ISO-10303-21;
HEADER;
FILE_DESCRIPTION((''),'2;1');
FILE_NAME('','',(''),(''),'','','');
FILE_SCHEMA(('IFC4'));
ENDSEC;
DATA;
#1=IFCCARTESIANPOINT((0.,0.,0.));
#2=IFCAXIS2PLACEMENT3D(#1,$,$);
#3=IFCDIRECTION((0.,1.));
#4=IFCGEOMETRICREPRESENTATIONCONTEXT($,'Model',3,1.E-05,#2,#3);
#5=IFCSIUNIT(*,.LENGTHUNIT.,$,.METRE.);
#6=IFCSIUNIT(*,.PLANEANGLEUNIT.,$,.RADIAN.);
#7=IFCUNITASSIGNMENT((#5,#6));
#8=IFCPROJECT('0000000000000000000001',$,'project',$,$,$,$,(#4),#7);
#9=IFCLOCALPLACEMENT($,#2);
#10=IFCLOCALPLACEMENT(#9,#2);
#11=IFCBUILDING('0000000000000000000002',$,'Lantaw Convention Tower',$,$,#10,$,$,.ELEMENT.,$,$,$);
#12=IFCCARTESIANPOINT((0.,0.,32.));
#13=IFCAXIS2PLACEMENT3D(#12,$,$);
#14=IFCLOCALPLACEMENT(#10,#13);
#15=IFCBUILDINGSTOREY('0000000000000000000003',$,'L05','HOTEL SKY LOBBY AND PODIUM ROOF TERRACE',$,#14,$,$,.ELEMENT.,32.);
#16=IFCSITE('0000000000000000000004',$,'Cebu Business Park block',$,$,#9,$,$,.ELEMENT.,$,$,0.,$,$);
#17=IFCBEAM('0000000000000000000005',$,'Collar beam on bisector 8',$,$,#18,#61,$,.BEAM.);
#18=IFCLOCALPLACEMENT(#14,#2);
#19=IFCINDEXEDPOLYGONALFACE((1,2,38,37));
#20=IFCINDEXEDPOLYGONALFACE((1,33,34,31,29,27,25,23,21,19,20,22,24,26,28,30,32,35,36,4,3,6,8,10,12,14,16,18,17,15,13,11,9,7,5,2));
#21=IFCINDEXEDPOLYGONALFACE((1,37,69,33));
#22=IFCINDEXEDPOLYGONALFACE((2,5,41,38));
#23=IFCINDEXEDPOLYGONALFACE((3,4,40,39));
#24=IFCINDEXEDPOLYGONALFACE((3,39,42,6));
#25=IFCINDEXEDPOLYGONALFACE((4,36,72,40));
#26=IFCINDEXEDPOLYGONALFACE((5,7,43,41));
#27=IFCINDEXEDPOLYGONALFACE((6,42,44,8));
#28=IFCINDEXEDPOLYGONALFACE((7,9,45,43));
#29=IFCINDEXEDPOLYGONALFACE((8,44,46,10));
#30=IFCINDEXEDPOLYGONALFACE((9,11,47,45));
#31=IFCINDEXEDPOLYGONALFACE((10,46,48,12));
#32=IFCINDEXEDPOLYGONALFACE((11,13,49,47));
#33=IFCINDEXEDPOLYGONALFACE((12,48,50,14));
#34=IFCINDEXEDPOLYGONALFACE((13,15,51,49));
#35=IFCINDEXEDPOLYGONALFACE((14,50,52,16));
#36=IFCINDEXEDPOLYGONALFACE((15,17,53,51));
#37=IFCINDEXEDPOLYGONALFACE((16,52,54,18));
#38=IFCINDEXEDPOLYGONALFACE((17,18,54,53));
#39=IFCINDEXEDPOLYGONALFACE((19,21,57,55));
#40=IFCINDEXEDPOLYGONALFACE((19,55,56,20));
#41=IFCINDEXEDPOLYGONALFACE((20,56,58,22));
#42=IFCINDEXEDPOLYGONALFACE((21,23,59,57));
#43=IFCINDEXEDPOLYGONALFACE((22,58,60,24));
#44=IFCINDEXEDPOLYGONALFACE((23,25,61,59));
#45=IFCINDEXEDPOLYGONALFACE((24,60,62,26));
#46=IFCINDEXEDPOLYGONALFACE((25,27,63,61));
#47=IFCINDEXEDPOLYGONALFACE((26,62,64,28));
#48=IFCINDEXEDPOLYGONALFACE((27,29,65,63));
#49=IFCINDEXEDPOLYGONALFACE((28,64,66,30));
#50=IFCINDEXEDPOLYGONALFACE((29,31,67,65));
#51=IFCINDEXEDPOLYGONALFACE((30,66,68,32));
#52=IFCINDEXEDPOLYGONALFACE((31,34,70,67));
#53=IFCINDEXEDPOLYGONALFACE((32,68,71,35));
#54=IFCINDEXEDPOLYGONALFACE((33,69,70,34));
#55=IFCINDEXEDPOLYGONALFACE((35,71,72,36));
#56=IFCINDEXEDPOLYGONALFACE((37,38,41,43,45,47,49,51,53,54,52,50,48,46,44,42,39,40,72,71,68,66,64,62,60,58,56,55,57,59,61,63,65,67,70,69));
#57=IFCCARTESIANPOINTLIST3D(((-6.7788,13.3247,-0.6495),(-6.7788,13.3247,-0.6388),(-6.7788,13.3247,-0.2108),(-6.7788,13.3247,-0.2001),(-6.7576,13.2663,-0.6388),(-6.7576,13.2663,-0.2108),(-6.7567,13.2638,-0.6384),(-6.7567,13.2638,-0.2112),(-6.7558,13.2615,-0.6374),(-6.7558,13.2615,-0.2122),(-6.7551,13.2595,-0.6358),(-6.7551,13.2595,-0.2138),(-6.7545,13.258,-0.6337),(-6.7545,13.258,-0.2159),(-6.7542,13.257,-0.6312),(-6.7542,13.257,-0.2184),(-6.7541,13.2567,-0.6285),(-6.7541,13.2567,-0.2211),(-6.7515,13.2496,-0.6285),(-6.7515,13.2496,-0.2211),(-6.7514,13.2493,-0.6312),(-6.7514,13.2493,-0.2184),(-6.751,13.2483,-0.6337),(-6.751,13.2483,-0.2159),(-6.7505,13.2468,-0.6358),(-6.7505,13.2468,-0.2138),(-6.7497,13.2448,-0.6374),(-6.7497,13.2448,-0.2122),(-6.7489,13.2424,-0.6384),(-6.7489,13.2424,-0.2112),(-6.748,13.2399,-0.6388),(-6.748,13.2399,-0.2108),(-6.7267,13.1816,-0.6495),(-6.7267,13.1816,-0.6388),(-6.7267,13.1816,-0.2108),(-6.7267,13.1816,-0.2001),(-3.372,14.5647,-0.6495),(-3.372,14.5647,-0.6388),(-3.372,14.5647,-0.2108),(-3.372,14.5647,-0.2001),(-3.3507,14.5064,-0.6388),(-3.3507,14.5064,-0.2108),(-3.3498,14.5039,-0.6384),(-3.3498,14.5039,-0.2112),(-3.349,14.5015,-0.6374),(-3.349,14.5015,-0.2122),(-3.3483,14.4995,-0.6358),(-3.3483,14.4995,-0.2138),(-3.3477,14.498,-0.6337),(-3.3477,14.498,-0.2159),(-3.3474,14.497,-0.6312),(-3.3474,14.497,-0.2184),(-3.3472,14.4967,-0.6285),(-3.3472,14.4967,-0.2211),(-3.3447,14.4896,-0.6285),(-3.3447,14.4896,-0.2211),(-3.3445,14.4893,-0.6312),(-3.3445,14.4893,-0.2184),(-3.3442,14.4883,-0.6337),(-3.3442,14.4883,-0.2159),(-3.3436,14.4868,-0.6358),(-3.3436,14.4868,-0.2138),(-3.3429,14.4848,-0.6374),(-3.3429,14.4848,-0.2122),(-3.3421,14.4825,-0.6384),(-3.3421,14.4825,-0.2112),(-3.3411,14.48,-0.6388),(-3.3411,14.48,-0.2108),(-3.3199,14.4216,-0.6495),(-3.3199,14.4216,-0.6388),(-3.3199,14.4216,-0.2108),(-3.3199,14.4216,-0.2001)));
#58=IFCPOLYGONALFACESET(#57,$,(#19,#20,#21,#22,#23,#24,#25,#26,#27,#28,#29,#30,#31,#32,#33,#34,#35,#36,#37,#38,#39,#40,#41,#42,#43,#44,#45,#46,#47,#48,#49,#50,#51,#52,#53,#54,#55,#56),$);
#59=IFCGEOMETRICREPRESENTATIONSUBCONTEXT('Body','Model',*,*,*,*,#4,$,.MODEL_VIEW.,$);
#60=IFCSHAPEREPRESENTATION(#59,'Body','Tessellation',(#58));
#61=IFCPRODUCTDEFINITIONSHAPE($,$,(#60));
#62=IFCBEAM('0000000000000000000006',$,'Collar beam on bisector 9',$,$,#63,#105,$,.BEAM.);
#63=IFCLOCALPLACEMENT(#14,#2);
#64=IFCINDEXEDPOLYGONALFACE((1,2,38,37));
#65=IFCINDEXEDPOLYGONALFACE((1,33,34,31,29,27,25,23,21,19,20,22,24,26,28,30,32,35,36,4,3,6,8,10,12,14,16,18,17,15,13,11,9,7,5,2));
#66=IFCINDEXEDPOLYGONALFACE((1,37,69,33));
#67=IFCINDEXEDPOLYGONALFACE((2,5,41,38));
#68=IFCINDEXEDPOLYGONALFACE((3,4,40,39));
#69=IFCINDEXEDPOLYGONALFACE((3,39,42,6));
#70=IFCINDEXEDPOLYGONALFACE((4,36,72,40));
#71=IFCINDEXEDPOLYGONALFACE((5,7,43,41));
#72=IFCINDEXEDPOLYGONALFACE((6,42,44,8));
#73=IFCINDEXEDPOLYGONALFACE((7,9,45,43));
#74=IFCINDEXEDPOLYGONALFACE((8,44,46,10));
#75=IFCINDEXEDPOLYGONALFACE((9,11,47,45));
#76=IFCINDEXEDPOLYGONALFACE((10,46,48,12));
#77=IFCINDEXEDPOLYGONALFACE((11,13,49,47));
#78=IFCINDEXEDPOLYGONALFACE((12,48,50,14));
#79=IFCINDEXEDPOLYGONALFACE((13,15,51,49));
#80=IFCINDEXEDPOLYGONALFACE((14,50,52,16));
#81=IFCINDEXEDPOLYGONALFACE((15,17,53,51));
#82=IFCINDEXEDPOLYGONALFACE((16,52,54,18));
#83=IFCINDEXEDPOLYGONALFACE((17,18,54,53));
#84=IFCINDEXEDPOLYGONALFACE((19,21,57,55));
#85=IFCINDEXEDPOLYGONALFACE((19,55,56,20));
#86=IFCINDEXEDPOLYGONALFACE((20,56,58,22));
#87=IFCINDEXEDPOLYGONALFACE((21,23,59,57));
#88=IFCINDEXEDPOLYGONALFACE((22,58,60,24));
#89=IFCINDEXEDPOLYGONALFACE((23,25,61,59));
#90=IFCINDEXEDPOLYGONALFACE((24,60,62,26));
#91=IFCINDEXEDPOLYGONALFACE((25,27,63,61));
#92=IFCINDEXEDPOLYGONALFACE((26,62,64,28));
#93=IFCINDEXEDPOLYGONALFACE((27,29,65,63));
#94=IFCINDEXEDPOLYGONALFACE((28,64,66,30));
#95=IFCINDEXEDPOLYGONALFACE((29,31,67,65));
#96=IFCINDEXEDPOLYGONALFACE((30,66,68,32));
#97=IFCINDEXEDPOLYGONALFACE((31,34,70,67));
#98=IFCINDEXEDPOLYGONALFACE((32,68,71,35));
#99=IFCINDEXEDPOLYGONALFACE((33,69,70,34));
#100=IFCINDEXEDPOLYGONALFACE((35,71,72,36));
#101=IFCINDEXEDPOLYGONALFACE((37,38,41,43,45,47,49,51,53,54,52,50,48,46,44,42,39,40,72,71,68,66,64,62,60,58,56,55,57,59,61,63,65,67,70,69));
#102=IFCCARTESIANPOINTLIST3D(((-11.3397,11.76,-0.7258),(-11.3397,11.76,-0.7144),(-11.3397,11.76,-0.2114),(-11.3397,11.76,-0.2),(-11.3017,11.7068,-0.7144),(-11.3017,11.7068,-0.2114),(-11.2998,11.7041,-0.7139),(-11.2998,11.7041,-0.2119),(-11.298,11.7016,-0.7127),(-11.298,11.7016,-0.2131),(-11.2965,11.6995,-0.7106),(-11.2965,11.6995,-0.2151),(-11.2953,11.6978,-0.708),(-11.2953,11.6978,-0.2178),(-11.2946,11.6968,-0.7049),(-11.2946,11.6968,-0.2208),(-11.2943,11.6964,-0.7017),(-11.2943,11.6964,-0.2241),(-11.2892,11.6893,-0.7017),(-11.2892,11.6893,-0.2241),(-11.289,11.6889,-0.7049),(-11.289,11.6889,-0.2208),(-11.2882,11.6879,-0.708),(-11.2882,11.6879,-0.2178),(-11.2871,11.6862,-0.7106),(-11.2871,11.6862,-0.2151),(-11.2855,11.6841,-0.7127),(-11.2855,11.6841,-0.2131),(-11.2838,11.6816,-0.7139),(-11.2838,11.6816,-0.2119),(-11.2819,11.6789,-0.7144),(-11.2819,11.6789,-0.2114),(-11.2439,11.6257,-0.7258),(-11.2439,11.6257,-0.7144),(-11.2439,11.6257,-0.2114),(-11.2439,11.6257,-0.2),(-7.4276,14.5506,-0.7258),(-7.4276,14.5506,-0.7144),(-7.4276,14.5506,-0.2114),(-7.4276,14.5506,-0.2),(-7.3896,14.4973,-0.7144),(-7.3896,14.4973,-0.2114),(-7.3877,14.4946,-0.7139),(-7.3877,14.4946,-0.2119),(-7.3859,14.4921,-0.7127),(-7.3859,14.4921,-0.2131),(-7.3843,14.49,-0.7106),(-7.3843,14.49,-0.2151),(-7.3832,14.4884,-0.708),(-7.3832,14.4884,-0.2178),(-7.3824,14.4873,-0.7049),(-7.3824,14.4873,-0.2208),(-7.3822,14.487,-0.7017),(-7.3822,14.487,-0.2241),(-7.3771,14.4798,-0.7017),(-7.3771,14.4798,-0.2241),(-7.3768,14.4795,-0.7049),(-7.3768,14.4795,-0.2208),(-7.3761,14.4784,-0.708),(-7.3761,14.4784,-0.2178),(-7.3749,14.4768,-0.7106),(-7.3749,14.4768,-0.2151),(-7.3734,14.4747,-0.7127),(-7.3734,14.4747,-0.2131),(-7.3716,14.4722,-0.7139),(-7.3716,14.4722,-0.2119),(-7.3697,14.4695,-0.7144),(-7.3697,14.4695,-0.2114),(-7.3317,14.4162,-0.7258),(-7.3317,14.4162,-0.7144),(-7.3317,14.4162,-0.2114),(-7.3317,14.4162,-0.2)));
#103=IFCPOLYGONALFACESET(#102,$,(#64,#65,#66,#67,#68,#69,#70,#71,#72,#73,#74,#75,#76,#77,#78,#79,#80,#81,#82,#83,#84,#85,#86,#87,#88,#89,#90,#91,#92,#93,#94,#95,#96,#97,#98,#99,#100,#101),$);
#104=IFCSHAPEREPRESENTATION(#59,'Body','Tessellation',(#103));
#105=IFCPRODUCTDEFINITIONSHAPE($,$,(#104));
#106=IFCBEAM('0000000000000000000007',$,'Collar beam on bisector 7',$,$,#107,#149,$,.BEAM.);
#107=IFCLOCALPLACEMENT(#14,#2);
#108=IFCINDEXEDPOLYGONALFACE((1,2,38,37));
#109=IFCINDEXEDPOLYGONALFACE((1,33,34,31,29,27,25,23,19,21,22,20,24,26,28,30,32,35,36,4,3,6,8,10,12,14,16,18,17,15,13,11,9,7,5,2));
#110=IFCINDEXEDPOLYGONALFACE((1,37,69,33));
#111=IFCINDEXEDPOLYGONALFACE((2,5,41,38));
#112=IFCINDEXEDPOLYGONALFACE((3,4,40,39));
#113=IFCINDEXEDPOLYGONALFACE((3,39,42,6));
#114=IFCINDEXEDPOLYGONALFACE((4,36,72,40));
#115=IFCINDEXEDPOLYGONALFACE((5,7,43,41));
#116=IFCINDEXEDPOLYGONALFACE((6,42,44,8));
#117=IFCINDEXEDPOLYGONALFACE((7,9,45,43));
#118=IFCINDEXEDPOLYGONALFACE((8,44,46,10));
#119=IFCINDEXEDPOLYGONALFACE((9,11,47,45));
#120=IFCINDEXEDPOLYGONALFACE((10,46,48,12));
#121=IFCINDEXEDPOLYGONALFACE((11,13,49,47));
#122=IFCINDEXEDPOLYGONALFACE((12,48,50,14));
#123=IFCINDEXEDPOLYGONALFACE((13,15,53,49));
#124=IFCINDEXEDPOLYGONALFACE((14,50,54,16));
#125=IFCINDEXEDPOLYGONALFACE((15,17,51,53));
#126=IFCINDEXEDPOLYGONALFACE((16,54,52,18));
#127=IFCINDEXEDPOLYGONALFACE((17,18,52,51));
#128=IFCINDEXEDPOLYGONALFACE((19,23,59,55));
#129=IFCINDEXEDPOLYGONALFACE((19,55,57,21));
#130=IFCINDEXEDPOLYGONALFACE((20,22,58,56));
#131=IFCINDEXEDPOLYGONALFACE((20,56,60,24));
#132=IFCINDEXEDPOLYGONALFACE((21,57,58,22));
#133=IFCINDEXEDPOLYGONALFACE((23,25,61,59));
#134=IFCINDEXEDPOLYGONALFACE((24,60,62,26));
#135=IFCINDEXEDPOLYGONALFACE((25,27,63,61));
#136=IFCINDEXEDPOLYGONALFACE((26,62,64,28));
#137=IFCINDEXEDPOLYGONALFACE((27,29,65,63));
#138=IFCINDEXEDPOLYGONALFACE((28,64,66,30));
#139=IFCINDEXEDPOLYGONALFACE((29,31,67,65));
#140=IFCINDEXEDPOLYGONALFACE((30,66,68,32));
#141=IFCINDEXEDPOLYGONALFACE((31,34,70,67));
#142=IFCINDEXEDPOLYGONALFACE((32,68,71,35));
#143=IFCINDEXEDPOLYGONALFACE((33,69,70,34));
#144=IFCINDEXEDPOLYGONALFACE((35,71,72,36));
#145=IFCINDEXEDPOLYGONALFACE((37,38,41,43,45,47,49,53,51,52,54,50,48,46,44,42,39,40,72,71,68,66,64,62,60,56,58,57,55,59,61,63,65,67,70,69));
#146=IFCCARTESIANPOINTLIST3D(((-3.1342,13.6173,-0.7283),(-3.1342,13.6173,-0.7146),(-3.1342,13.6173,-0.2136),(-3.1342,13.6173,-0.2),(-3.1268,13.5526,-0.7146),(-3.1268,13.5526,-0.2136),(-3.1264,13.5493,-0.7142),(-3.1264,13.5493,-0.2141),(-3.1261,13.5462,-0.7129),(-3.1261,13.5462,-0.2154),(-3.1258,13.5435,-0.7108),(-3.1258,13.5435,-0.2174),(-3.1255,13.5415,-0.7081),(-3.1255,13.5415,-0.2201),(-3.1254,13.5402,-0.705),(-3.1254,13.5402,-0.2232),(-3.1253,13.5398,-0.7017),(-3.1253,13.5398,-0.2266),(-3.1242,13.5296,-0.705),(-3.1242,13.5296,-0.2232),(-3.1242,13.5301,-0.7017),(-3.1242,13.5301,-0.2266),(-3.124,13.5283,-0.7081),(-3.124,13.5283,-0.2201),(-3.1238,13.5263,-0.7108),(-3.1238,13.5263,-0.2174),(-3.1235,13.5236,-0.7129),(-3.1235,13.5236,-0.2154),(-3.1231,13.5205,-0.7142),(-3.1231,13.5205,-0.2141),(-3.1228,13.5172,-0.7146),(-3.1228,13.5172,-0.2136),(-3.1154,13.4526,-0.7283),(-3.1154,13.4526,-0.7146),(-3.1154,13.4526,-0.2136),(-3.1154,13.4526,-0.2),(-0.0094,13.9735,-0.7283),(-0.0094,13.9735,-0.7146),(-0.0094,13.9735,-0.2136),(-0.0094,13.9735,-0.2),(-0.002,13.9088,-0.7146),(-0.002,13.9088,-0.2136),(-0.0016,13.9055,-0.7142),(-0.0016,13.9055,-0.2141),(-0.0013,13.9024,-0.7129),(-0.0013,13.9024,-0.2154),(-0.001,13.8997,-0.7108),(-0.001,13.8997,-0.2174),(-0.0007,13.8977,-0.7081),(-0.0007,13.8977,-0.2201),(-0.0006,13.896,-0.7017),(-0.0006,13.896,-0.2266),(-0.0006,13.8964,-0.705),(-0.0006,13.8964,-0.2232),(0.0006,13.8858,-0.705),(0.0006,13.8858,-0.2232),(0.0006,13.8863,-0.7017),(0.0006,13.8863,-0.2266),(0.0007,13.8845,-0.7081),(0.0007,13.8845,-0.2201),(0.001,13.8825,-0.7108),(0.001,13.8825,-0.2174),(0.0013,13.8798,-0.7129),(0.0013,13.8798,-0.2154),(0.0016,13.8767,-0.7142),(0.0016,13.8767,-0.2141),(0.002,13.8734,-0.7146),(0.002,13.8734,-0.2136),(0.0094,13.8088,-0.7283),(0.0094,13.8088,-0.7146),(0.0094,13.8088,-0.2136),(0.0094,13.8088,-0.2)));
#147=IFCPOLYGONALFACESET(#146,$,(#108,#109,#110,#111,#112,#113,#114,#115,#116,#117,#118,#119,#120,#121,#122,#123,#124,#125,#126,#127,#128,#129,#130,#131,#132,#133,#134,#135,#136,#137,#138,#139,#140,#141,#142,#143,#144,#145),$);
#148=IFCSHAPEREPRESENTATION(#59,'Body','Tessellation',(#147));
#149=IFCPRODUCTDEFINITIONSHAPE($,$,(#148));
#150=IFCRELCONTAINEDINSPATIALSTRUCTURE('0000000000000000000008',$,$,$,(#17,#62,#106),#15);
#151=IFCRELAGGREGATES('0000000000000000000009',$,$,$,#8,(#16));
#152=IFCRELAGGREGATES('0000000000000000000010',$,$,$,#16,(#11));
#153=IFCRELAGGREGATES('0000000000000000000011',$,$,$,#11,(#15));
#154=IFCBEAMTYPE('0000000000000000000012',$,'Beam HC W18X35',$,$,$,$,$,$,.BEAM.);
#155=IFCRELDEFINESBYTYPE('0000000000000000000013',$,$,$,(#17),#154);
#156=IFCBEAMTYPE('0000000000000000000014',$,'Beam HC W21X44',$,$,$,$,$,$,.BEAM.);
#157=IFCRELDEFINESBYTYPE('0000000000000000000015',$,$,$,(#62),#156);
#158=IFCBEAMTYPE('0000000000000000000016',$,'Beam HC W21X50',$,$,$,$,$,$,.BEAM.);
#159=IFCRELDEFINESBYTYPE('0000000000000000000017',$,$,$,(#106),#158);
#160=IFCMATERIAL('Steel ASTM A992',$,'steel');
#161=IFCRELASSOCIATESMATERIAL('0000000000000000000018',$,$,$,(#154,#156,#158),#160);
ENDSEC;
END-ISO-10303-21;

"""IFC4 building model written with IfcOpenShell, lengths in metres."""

from ifc_helpers import new_model, si_unit, direction, frame, origin, origin_2d, place, context, subcontext, project, spatial, i_section, extrude, material, material_profile, profile_set, type_object, element, save


model = new_model("IFC4")

# Units and contexts
model_context = context("Model", 3, precision=1e-05, world=origin(), true_north=direction((0.0, 1.0)))
body_context = subcontext(model_context, "Body", "Model", "MODEL_VIEW")
ifc_project = project(units=[si_unit("LENGTHUNIT", "METRE"), si_unit("PLANEANGLEUNIT", "RADIAN")], contexts=[model_context])

# Site, building, storey
site_placement = place(None, origin())
site = spatial("IfcSite", under=ifc_project, at=site_placement, Name="Cebu Business Park block", CompositionType="ELEMENT", RefElevation=0.0)
building_placement = place(site_placement, origin())
building = spatial("IfcBuilding", under=site, at=building_placement, Name="Lantaw Convention Tower", CompositionType="ELEMENT")
storey_placement = place(building_placement, frame((0.0, 0.0, 32.0)))
storey = spatial("IfcBuildingStorey", under=building, at=storey_placement, Name="L05", Description="HOTEL SKY LOBBY AND PODIUM ROOF TERRACE", CompositionType="ELEMENT", Elevation=32.0)

# Beams
ifc_material_1 = material(Name="Steel ASTM A992", Category="steel")
ifc_material_profile_1 = material_profile(ifc_material_1, i_section(OverallWidth=0.1523, OverallDepth=0.4495, WebThickness=0.0076, FlangeThickness=0.0107, FilletRadius=0.0103, at=origin_2d()), Name="W18X35")
ifc_profile_set_1 = profile_set([ifc_material_profile_1], Name="Steel ASTM A992")
beam_type_1 = type_object("IfcBeamType", Name="Beam HC W18X35", PredefinedType="BEAM", material=ifc_profile_set_1)
beam_1_placement = place(storey_placement, frame((-3.3459, 14.4932, -0.4248), z_axis=(-0.939689, -0.34203, 0.0), x_axis=(0.34203, -0.939689, 0.0)))
element("IfcBeam", 1, at=beam_1_placement, inside=storey, type_object=beam_type_1, Name="Collar beam on bisector 8", PredefinedType="BEAM", context=body_context, shape_type="SweptSolid", body=[
    extrude(i_section(OverallWidth=0.1523, OverallDepth=0.4495, WebThickness=0.0076, FlangeThickness=0.0107, FilletRadius=0.0103, at=origin_2d()), origin(), (0.0, 0.0, 1.0), 3.6255),
])
ifc_material_profile_2 = material_profile(ifc_material_1, i_section(OverallWidth=0.165, OverallDepth=0.5259, WebThickness=0.0088, FlangeThickness=0.0115, FilletRadius=0.0127, at=origin_2d()), Name="W21X44")
ifc_profile_set_2 = profile_set([ifc_material_profile_2], Name="Steel ASTM A992")
beam_type_2 = type_object("IfcBeamType", Name="Beam HC W21X44", PredefinedType="BEAM", material=ifc_profile_set_2)
beam_2_placement = place(storey_placement, frame((-7.3796, 14.4834, -0.4629), z_axis=(-0.814111, -0.580709, 0.0), x_axis=(0.580709, -0.814111, 0.0)))
element("IfcBeam", 2, at=beam_2_placement, inside=storey, type_object=beam_type_2, Name="Collar beam on bisector 9", PredefinedType="BEAM", context=body_context, shape_type="SweptSolid", body=[
    extrude(i_section(OverallWidth=0.165, OverallDepth=0.5259, WebThickness=0.0088, FlangeThickness=0.0115, FilletRadius=0.0127, at=origin_2d()), origin(), (0.0, 0.0, 1.0), 4.8054),
])
ifc_material_profile_3 = material_profile(ifc_material_1, i_section(OverallWidth=0.1658, OverallDepth=0.5283, WebThickness=0.0098, FlangeThickness=0.0137, FilletRadius=0.0129, at=origin_2d()), Name="W21X50")
ifc_profile_set_3 = profile_set([ifc_material_profile_3], Name="Steel ASTM A992")
beam_type_3 = type_object("IfcBeamType", Name="Beam HC W21X50", PredefinedType="BEAM", material=ifc_profile_set_3)
beam_3_placement = place(storey_placement, frame((0.0, 13.8911, -0.4641), z_axis=(-0.993565, -0.11326, 0.0), x_axis=(0.11326, -0.993565, 0.0)))
element("IfcBeam", 3, at=beam_3_placement, inside=storey, type_object=beam_type_3, Name="Collar beam on bisector 7", PredefinedType="BEAM", context=body_context, shape_type="SweptSolid", body=[
    extrude(i_section(OverallWidth=0.1658, OverallDepth=0.5283, WebThickness=0.0098, FlangeThickness=0.0137, FilletRadius=0.0129, at=origin_2d()), origin(), (0.0, 0.0, 1.0), 3.145),
])

save(model, "model.ifc")
